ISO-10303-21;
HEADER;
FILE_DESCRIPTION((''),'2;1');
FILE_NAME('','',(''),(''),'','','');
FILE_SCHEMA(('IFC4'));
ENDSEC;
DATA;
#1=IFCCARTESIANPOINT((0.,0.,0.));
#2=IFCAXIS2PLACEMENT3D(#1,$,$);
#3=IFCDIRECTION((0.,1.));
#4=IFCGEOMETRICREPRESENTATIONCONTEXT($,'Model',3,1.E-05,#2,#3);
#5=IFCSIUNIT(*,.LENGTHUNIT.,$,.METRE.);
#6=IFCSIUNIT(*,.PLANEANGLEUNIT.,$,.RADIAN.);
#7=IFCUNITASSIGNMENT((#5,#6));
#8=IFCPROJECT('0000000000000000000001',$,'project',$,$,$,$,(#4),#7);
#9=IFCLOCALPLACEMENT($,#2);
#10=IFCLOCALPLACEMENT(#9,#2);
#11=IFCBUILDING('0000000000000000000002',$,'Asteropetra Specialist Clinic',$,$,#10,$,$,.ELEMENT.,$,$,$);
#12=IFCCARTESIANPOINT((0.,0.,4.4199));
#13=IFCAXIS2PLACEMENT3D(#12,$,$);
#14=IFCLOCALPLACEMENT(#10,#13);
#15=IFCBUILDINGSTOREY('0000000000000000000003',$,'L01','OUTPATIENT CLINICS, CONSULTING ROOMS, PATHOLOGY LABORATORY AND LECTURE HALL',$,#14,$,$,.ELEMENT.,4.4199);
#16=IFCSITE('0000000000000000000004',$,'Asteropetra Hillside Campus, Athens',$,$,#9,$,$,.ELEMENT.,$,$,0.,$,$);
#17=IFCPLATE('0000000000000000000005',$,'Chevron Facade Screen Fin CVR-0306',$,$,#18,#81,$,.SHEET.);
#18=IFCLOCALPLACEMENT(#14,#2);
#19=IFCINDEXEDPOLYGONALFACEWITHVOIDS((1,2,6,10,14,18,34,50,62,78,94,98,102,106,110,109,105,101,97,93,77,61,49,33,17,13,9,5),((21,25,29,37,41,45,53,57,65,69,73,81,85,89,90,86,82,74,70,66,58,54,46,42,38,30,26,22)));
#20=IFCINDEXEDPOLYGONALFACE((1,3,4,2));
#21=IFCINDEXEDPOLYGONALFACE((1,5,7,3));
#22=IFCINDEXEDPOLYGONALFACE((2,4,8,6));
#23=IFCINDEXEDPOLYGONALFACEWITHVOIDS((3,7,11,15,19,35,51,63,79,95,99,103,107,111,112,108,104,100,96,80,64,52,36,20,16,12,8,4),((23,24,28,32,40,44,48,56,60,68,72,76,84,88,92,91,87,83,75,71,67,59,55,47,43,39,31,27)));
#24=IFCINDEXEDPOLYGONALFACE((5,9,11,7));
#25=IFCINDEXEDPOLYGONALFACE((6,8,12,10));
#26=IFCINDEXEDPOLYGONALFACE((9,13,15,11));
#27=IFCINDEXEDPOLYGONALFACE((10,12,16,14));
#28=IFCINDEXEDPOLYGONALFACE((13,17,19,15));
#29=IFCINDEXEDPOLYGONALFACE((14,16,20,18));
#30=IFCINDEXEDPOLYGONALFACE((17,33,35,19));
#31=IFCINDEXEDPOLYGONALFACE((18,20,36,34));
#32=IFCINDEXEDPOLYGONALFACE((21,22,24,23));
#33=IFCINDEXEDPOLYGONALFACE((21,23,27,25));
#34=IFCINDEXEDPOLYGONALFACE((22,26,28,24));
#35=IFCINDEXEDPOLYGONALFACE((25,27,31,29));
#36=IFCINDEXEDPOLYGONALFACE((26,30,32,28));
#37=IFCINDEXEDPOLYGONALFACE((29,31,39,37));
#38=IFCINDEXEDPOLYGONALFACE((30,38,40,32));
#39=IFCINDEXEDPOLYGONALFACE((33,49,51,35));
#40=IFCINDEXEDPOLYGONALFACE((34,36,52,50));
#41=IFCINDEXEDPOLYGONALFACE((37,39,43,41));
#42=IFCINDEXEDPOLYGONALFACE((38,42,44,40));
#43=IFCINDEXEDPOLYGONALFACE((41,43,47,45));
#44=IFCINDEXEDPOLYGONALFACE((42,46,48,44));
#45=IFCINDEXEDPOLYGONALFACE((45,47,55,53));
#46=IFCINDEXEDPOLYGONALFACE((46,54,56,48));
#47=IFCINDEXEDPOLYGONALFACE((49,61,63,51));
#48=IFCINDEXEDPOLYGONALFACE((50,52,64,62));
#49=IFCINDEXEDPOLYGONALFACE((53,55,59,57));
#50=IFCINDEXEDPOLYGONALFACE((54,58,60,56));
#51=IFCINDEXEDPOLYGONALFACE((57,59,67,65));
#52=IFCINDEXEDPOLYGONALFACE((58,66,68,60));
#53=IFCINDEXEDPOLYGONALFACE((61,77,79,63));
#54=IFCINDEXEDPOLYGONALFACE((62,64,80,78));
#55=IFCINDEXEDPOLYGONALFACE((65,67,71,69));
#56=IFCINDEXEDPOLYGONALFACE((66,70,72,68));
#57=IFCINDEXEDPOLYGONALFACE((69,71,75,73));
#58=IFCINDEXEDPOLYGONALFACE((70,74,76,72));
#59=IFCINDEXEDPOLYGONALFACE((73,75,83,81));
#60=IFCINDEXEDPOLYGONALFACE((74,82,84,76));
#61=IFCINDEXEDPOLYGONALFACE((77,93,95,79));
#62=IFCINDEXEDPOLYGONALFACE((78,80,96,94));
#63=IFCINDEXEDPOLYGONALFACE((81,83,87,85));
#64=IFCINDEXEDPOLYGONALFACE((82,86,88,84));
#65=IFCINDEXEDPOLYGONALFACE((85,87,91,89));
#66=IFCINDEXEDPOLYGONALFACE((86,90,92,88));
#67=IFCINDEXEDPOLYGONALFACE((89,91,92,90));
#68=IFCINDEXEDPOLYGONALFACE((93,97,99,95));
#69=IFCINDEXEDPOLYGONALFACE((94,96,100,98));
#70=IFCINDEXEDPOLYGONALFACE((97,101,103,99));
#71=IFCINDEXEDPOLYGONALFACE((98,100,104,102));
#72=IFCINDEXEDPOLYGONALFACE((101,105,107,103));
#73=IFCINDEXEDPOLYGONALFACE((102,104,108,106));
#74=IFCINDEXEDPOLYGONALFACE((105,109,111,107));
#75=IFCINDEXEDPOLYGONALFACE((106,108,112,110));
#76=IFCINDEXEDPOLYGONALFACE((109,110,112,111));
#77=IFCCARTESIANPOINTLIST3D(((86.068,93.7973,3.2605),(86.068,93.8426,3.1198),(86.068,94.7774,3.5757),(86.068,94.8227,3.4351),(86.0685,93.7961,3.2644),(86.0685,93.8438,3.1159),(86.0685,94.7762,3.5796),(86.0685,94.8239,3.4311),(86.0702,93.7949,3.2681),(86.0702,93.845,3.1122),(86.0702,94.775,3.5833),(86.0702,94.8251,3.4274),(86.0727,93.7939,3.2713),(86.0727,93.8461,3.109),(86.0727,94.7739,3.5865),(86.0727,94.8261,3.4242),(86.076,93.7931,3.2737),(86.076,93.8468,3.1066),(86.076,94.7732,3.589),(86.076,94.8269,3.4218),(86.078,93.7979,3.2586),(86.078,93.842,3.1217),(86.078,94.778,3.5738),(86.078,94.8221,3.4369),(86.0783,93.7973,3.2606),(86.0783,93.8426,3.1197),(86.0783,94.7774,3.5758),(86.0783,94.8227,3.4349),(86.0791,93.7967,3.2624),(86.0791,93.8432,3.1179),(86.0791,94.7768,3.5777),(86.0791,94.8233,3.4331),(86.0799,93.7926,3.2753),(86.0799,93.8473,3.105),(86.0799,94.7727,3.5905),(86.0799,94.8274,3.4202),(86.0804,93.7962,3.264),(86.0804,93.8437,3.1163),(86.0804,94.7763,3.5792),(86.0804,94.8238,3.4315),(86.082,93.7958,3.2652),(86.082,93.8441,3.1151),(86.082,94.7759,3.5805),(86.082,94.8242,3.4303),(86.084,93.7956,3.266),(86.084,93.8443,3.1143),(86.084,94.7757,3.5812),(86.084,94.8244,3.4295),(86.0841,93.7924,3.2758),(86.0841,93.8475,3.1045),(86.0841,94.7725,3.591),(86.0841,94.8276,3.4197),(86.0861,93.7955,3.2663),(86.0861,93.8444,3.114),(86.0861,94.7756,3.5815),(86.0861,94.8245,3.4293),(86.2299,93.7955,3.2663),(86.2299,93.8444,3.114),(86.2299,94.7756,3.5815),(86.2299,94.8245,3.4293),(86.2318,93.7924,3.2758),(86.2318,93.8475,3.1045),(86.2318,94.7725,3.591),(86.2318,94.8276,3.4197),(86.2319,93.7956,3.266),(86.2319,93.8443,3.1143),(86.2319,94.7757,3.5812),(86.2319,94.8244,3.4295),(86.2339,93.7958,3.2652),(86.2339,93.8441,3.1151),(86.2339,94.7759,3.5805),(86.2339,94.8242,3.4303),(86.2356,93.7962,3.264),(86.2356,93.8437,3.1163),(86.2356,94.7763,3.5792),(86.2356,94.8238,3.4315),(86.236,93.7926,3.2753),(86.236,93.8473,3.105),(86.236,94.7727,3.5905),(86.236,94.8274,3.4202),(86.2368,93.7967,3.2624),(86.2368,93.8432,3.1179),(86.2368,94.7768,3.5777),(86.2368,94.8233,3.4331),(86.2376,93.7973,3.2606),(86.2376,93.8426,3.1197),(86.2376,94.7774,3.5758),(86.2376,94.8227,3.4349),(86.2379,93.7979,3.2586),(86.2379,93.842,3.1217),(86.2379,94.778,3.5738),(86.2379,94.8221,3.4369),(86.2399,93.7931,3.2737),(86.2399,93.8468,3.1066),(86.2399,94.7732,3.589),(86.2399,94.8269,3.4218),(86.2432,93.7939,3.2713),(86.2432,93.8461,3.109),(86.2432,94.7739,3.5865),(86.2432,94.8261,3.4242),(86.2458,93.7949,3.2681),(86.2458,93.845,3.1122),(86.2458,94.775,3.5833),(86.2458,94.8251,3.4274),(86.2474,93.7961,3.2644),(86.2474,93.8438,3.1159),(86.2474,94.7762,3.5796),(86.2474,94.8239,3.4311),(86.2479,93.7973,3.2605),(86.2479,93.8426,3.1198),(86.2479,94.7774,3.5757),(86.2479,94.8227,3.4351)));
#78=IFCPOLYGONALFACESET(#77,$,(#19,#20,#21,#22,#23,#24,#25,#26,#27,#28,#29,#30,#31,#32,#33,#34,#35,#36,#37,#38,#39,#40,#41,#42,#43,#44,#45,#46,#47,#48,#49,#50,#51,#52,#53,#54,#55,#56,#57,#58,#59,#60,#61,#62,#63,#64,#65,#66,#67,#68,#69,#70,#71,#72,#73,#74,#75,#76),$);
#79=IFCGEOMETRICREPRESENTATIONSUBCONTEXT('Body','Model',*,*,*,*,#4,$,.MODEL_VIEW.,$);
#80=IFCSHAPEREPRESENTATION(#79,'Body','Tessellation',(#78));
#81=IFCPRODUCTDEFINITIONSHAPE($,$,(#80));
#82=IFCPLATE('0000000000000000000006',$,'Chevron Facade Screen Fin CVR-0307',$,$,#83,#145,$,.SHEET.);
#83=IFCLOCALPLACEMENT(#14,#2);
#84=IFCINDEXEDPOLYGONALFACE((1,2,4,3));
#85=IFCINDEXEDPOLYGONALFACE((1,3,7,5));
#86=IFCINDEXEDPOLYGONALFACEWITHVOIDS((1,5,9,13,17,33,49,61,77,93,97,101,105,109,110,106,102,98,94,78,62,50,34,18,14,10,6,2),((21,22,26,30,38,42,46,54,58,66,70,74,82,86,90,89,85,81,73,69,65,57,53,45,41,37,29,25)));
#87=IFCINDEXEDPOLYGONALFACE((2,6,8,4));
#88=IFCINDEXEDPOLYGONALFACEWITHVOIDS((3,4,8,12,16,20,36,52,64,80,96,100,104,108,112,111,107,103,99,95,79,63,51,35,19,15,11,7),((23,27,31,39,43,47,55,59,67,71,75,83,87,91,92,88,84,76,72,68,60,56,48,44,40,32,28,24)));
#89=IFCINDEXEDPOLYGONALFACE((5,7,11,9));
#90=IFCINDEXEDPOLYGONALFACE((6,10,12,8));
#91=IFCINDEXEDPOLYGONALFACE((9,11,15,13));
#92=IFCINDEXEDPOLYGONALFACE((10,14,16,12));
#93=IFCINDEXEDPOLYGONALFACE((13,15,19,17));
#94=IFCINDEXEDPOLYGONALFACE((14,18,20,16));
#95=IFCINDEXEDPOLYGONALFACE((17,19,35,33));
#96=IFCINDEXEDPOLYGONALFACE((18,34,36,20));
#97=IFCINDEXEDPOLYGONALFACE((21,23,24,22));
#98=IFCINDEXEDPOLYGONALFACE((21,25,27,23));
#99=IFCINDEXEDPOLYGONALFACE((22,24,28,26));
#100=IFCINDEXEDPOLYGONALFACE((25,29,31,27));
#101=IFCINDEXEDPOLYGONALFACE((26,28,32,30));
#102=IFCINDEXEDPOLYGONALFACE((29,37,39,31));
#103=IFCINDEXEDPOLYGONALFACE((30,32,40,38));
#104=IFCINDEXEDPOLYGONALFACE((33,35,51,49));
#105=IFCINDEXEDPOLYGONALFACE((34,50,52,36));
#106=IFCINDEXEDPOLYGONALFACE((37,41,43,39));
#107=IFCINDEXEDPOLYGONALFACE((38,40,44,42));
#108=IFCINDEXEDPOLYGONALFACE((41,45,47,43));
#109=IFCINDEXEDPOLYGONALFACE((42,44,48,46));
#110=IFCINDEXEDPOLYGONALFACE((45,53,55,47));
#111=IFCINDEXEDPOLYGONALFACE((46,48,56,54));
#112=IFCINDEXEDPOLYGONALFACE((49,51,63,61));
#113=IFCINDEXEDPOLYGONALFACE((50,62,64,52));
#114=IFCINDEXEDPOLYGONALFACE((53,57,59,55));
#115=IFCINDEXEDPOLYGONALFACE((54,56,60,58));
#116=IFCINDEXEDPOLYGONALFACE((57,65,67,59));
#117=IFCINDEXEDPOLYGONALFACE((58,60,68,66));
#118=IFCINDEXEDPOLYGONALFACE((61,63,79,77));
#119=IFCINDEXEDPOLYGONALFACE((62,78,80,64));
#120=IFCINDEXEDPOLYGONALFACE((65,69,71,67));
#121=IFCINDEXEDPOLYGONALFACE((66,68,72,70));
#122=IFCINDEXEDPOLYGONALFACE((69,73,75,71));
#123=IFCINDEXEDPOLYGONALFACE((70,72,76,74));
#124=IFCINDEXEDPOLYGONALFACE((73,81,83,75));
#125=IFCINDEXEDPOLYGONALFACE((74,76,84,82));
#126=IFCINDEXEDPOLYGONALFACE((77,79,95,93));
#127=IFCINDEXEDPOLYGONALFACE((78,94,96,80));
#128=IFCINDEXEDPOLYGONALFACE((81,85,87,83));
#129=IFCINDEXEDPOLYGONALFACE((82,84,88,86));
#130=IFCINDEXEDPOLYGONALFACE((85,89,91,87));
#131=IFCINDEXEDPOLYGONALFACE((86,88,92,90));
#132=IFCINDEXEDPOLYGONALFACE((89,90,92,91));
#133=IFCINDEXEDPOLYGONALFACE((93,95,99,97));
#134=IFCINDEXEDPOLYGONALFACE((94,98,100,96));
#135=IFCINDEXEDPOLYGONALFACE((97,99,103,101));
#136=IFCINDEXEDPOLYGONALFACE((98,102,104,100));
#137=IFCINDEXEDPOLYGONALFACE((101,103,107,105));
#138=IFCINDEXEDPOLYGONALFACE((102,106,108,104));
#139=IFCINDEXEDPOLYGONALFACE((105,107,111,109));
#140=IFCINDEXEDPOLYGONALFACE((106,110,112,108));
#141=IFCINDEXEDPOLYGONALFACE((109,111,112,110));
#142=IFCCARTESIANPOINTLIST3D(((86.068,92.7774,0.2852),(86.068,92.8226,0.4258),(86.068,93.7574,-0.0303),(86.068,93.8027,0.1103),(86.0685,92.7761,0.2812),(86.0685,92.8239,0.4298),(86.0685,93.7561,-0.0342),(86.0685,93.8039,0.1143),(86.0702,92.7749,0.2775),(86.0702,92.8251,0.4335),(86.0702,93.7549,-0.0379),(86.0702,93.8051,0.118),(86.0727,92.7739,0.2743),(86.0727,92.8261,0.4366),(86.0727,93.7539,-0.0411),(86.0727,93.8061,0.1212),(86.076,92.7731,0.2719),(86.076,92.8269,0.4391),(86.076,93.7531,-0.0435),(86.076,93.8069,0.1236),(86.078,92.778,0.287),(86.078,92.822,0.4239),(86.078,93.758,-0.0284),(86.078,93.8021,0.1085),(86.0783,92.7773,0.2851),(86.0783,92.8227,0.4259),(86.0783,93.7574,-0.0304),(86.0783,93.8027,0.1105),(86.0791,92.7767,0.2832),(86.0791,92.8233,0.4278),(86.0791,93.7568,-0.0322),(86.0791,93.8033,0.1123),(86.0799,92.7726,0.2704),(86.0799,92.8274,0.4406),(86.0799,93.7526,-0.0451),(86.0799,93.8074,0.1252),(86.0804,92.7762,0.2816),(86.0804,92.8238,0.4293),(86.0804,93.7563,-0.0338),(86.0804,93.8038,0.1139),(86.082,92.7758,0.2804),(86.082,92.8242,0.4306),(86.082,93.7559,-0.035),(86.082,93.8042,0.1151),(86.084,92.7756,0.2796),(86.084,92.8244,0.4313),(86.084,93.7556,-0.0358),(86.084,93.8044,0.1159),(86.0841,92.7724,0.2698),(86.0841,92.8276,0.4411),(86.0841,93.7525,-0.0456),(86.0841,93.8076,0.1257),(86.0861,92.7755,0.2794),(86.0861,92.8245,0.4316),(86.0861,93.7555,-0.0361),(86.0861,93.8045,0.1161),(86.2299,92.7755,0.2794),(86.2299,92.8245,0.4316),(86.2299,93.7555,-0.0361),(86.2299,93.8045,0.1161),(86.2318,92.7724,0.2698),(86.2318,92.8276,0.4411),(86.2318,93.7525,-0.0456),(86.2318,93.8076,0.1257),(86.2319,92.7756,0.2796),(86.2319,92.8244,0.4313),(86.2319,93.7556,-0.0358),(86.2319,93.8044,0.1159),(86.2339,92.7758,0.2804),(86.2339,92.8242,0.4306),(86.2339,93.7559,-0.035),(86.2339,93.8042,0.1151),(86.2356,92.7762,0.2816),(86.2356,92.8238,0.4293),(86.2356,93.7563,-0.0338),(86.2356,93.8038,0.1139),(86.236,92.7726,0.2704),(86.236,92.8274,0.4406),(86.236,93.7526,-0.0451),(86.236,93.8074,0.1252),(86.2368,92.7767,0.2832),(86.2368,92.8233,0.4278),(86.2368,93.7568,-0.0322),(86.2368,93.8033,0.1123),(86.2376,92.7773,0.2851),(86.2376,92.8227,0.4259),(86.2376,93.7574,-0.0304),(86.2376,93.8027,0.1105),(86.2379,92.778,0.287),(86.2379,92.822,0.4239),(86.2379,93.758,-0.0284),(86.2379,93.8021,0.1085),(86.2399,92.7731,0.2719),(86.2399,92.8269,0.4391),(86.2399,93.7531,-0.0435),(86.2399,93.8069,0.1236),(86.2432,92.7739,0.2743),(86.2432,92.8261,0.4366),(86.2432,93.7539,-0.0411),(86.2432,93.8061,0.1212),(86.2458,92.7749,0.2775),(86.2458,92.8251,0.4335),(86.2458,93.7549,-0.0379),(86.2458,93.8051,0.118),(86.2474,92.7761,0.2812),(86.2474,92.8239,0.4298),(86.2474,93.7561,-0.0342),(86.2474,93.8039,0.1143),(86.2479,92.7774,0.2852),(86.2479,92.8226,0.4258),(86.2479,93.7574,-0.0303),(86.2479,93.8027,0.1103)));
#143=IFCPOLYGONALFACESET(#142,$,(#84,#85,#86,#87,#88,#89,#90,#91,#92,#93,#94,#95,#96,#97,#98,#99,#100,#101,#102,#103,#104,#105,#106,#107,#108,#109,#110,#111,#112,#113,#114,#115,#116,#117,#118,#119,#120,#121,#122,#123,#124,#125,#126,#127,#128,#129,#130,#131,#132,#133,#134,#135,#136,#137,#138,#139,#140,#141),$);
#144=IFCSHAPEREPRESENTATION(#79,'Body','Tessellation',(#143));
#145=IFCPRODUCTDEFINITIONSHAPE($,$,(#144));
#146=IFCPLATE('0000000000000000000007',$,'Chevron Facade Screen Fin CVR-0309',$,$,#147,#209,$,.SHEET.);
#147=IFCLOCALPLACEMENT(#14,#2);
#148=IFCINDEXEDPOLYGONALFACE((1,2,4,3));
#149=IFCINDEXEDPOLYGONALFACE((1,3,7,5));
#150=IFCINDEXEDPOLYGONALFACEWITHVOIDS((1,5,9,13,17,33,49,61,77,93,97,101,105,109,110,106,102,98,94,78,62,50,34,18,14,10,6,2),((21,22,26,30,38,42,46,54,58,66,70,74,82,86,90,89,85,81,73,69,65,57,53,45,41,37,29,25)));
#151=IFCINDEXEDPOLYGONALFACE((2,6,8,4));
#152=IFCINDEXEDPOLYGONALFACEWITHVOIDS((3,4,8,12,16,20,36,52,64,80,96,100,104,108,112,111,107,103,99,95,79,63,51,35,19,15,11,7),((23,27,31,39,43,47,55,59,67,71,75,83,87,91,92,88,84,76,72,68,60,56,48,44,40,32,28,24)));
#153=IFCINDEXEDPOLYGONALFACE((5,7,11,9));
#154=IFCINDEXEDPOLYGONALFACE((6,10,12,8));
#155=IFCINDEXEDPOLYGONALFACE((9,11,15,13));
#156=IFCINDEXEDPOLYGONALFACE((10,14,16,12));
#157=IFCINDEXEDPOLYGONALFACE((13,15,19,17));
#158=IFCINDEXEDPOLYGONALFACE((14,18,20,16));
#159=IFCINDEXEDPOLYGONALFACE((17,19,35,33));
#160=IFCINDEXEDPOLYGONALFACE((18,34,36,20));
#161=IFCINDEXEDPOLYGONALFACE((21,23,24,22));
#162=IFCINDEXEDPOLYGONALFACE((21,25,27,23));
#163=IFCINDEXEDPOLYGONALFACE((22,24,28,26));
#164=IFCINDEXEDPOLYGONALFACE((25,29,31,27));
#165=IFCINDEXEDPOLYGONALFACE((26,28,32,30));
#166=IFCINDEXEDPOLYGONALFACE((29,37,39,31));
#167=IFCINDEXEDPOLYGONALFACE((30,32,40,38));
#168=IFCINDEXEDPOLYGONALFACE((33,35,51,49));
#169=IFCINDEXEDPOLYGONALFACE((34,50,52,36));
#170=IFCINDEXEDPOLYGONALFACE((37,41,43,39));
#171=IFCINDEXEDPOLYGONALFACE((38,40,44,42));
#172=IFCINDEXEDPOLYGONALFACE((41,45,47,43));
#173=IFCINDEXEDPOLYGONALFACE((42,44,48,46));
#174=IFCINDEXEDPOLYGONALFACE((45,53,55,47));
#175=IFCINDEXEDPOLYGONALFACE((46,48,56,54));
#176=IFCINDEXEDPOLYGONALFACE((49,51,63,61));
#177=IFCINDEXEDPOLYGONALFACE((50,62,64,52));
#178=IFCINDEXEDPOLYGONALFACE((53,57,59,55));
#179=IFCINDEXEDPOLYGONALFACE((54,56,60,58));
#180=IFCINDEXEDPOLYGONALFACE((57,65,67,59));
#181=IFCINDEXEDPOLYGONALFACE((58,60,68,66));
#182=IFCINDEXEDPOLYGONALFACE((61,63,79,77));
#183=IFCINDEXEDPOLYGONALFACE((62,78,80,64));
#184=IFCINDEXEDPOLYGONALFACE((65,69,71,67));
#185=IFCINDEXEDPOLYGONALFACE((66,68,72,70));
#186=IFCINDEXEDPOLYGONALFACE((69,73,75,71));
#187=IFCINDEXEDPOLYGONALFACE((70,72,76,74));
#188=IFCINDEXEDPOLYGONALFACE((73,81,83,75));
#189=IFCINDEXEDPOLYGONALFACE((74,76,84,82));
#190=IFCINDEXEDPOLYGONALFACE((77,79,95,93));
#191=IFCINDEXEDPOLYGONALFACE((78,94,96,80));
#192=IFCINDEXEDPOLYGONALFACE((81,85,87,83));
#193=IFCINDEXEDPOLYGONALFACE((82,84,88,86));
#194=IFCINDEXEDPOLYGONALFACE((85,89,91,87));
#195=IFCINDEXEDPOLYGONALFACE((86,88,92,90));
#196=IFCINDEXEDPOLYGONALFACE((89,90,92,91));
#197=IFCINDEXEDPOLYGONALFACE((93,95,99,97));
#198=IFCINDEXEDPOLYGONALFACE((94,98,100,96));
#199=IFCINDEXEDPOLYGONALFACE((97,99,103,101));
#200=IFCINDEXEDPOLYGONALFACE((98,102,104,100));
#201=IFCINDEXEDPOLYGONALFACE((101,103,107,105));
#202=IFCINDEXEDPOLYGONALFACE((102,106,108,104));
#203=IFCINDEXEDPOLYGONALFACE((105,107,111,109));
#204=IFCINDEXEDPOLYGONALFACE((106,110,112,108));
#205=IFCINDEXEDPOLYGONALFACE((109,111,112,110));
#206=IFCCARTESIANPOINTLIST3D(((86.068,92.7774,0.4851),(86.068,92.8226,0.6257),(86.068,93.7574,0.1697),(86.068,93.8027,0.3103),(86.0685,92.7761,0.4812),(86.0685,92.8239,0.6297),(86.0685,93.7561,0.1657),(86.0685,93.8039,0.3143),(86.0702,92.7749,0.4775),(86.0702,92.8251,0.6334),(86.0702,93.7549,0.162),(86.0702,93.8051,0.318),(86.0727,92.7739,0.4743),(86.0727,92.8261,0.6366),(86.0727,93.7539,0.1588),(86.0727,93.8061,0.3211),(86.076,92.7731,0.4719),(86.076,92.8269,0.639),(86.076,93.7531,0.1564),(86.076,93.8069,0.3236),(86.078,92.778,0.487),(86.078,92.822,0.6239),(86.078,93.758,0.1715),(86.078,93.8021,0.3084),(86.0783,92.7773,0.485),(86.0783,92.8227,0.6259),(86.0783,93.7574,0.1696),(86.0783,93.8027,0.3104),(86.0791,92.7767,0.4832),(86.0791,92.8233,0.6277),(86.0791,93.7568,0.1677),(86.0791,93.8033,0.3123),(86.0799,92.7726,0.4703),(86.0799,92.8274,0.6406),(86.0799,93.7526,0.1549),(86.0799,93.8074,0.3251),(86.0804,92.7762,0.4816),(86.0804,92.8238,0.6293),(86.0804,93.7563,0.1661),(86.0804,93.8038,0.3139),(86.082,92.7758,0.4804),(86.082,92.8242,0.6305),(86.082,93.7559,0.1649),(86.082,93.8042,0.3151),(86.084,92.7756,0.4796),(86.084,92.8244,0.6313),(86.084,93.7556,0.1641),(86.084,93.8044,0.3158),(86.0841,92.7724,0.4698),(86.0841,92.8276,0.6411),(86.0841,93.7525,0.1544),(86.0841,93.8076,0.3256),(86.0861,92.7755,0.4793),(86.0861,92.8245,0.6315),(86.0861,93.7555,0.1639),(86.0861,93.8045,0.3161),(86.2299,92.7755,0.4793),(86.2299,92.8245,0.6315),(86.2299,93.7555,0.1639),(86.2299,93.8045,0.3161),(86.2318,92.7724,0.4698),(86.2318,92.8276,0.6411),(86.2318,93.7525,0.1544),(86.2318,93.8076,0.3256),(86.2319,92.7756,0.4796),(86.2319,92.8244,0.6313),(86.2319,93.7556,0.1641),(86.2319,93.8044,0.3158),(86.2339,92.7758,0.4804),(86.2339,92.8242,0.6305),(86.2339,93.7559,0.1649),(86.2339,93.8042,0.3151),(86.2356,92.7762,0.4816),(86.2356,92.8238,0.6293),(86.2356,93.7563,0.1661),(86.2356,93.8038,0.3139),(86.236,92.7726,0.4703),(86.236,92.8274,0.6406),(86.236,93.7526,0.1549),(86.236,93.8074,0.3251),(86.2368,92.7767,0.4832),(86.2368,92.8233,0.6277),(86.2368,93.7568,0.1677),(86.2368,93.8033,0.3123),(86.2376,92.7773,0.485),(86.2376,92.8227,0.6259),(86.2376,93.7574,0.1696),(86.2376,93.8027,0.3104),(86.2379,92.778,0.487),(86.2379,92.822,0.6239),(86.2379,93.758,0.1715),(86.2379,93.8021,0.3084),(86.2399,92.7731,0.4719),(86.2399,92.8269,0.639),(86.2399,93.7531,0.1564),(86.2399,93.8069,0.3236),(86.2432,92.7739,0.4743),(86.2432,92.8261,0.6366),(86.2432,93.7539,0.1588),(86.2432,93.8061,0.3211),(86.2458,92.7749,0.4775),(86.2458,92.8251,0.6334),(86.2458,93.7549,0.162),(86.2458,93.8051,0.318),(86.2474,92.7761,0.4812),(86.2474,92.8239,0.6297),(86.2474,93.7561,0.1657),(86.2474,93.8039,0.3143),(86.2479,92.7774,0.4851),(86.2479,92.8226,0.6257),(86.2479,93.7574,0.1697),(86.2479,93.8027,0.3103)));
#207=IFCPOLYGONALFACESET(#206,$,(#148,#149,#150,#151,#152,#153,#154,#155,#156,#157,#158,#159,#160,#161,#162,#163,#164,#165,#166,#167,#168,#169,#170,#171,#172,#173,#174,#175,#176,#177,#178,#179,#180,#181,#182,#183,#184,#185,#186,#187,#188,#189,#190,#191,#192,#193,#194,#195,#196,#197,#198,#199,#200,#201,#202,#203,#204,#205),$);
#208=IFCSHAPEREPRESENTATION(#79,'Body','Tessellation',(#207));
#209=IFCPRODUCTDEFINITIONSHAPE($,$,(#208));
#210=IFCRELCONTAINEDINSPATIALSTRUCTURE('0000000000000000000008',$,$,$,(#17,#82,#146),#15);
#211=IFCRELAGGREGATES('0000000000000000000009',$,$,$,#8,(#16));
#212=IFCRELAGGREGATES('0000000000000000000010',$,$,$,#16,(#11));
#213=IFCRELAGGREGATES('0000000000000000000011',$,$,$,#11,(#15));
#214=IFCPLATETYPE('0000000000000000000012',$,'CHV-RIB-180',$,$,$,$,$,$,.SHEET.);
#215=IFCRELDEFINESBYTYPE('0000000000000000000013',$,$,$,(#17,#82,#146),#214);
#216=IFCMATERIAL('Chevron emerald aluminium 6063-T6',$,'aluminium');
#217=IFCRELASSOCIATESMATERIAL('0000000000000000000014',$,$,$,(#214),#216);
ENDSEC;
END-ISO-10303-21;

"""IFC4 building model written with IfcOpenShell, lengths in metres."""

from ifc_helpers import new_model, si_unit, direction, frame, origin, origin_2d, place, context, subcontext, project, spatial, hollow_rectangle, extrude, material, material_profile, profile_set, type_object, element, save


model = new_model("IFC4")

# Units and contexts
model_context = context("Model", 3, precision=1e-05, world=origin(), true_north=direction((0.0, 1.0)))
body_context = subcontext(model_context, "Body", "Model", "MODEL_VIEW")
ifc_project = project(units=[si_unit("LENGTHUNIT", "METRE"), si_unit("PLANEANGLEUNIT", "RADIAN")], contexts=[model_context])

# Site, building, storey
site_placement = place(None, origin())
site = spatial("IfcSite", under=ifc_project, at=site_placement, Name="Asteropetra Hillside Campus, Athens", CompositionType="ELEMENT", RefElevation=0.0)
building_placement = place(site_placement, origin())
building = spatial("IfcBuilding", under=site, at=building_placement, Name="Asteropetra Specialist Clinic", CompositionType="ELEMENT")
storey_placement = place(building_placement, frame((0.0, 0.0, 4.4199)))
storey = spatial("IfcBuildingStorey", under=building, at=storey_placement, Name="L01", Description="OUTPATIENT CLINICS, CONSULTING ROOMS, PATHOLOGY LABORATORY AND LECTURE HALL", CompositionType="ELEMENT", Elevation=4.4199)

# Plates
ifc_material_1 = material(Name="Chevron emerald aluminium 6063-T6", Category="aluminium")
ifc_material_profile_1 = material_profile(ifc_material_1, hollow_rectangle(XDim=0.1799, YDim=0.1799, WallThickness=0.01, InnerFilletRadius=0.0081, OuterFilletRadius=0.0161, at=origin_2d()), Name="SHS 180x180x10.0")
ifc_profile_set_1 = profile_set([ifc_material_profile_1], Name="Chevron emerald aluminium 6063-T6")
plate_type = type_object("IfcPlateType", Name="CHV-RIB-180", PredefinedType="SHEET", material=ifc_profile_set_1)
for number, where, z_axis, x_axis, name in (
    (1, (86.158, 94.8, 3.5054), (0.0, -0.951974, -0.306178), (1.0, 0.0, 0.0), "Chevron Facade Screen Fin CVR-0306"),
    (2, (86.158, 93.78, 0.04), (0.0, -0.951905, 0.306393), (1.0, 0.0, 0.0), "Chevron Facade Screen Fin CVR-0307"),
    (3, (86.158, 93.78, 0.24), (0.0, -0.951905, 0.306393), (1.0, 0.0, 0.0), "Chevron Facade Screen Fin CVR-0309"),
):
    element("IfcPlate", number, at=place(storey_placement, frame(where, z_axis=z_axis, x_axis=x_axis)), inside=storey, type_object=plate_type, Name=name, PredefinedType="SHEET", context=body_context, shape_type="SweptSolid", body=[
        extrude(hollow_rectangle(XDim=0.1799, YDim=0.1799, WallThickness=0.01, InnerFilletRadius=0.0081, OuterFilletRadius=0.0161, at=origin_2d()), origin(), (0.0, 0.0, 1.0), 1.0295),
    ])

save(model, "model.ifc")
